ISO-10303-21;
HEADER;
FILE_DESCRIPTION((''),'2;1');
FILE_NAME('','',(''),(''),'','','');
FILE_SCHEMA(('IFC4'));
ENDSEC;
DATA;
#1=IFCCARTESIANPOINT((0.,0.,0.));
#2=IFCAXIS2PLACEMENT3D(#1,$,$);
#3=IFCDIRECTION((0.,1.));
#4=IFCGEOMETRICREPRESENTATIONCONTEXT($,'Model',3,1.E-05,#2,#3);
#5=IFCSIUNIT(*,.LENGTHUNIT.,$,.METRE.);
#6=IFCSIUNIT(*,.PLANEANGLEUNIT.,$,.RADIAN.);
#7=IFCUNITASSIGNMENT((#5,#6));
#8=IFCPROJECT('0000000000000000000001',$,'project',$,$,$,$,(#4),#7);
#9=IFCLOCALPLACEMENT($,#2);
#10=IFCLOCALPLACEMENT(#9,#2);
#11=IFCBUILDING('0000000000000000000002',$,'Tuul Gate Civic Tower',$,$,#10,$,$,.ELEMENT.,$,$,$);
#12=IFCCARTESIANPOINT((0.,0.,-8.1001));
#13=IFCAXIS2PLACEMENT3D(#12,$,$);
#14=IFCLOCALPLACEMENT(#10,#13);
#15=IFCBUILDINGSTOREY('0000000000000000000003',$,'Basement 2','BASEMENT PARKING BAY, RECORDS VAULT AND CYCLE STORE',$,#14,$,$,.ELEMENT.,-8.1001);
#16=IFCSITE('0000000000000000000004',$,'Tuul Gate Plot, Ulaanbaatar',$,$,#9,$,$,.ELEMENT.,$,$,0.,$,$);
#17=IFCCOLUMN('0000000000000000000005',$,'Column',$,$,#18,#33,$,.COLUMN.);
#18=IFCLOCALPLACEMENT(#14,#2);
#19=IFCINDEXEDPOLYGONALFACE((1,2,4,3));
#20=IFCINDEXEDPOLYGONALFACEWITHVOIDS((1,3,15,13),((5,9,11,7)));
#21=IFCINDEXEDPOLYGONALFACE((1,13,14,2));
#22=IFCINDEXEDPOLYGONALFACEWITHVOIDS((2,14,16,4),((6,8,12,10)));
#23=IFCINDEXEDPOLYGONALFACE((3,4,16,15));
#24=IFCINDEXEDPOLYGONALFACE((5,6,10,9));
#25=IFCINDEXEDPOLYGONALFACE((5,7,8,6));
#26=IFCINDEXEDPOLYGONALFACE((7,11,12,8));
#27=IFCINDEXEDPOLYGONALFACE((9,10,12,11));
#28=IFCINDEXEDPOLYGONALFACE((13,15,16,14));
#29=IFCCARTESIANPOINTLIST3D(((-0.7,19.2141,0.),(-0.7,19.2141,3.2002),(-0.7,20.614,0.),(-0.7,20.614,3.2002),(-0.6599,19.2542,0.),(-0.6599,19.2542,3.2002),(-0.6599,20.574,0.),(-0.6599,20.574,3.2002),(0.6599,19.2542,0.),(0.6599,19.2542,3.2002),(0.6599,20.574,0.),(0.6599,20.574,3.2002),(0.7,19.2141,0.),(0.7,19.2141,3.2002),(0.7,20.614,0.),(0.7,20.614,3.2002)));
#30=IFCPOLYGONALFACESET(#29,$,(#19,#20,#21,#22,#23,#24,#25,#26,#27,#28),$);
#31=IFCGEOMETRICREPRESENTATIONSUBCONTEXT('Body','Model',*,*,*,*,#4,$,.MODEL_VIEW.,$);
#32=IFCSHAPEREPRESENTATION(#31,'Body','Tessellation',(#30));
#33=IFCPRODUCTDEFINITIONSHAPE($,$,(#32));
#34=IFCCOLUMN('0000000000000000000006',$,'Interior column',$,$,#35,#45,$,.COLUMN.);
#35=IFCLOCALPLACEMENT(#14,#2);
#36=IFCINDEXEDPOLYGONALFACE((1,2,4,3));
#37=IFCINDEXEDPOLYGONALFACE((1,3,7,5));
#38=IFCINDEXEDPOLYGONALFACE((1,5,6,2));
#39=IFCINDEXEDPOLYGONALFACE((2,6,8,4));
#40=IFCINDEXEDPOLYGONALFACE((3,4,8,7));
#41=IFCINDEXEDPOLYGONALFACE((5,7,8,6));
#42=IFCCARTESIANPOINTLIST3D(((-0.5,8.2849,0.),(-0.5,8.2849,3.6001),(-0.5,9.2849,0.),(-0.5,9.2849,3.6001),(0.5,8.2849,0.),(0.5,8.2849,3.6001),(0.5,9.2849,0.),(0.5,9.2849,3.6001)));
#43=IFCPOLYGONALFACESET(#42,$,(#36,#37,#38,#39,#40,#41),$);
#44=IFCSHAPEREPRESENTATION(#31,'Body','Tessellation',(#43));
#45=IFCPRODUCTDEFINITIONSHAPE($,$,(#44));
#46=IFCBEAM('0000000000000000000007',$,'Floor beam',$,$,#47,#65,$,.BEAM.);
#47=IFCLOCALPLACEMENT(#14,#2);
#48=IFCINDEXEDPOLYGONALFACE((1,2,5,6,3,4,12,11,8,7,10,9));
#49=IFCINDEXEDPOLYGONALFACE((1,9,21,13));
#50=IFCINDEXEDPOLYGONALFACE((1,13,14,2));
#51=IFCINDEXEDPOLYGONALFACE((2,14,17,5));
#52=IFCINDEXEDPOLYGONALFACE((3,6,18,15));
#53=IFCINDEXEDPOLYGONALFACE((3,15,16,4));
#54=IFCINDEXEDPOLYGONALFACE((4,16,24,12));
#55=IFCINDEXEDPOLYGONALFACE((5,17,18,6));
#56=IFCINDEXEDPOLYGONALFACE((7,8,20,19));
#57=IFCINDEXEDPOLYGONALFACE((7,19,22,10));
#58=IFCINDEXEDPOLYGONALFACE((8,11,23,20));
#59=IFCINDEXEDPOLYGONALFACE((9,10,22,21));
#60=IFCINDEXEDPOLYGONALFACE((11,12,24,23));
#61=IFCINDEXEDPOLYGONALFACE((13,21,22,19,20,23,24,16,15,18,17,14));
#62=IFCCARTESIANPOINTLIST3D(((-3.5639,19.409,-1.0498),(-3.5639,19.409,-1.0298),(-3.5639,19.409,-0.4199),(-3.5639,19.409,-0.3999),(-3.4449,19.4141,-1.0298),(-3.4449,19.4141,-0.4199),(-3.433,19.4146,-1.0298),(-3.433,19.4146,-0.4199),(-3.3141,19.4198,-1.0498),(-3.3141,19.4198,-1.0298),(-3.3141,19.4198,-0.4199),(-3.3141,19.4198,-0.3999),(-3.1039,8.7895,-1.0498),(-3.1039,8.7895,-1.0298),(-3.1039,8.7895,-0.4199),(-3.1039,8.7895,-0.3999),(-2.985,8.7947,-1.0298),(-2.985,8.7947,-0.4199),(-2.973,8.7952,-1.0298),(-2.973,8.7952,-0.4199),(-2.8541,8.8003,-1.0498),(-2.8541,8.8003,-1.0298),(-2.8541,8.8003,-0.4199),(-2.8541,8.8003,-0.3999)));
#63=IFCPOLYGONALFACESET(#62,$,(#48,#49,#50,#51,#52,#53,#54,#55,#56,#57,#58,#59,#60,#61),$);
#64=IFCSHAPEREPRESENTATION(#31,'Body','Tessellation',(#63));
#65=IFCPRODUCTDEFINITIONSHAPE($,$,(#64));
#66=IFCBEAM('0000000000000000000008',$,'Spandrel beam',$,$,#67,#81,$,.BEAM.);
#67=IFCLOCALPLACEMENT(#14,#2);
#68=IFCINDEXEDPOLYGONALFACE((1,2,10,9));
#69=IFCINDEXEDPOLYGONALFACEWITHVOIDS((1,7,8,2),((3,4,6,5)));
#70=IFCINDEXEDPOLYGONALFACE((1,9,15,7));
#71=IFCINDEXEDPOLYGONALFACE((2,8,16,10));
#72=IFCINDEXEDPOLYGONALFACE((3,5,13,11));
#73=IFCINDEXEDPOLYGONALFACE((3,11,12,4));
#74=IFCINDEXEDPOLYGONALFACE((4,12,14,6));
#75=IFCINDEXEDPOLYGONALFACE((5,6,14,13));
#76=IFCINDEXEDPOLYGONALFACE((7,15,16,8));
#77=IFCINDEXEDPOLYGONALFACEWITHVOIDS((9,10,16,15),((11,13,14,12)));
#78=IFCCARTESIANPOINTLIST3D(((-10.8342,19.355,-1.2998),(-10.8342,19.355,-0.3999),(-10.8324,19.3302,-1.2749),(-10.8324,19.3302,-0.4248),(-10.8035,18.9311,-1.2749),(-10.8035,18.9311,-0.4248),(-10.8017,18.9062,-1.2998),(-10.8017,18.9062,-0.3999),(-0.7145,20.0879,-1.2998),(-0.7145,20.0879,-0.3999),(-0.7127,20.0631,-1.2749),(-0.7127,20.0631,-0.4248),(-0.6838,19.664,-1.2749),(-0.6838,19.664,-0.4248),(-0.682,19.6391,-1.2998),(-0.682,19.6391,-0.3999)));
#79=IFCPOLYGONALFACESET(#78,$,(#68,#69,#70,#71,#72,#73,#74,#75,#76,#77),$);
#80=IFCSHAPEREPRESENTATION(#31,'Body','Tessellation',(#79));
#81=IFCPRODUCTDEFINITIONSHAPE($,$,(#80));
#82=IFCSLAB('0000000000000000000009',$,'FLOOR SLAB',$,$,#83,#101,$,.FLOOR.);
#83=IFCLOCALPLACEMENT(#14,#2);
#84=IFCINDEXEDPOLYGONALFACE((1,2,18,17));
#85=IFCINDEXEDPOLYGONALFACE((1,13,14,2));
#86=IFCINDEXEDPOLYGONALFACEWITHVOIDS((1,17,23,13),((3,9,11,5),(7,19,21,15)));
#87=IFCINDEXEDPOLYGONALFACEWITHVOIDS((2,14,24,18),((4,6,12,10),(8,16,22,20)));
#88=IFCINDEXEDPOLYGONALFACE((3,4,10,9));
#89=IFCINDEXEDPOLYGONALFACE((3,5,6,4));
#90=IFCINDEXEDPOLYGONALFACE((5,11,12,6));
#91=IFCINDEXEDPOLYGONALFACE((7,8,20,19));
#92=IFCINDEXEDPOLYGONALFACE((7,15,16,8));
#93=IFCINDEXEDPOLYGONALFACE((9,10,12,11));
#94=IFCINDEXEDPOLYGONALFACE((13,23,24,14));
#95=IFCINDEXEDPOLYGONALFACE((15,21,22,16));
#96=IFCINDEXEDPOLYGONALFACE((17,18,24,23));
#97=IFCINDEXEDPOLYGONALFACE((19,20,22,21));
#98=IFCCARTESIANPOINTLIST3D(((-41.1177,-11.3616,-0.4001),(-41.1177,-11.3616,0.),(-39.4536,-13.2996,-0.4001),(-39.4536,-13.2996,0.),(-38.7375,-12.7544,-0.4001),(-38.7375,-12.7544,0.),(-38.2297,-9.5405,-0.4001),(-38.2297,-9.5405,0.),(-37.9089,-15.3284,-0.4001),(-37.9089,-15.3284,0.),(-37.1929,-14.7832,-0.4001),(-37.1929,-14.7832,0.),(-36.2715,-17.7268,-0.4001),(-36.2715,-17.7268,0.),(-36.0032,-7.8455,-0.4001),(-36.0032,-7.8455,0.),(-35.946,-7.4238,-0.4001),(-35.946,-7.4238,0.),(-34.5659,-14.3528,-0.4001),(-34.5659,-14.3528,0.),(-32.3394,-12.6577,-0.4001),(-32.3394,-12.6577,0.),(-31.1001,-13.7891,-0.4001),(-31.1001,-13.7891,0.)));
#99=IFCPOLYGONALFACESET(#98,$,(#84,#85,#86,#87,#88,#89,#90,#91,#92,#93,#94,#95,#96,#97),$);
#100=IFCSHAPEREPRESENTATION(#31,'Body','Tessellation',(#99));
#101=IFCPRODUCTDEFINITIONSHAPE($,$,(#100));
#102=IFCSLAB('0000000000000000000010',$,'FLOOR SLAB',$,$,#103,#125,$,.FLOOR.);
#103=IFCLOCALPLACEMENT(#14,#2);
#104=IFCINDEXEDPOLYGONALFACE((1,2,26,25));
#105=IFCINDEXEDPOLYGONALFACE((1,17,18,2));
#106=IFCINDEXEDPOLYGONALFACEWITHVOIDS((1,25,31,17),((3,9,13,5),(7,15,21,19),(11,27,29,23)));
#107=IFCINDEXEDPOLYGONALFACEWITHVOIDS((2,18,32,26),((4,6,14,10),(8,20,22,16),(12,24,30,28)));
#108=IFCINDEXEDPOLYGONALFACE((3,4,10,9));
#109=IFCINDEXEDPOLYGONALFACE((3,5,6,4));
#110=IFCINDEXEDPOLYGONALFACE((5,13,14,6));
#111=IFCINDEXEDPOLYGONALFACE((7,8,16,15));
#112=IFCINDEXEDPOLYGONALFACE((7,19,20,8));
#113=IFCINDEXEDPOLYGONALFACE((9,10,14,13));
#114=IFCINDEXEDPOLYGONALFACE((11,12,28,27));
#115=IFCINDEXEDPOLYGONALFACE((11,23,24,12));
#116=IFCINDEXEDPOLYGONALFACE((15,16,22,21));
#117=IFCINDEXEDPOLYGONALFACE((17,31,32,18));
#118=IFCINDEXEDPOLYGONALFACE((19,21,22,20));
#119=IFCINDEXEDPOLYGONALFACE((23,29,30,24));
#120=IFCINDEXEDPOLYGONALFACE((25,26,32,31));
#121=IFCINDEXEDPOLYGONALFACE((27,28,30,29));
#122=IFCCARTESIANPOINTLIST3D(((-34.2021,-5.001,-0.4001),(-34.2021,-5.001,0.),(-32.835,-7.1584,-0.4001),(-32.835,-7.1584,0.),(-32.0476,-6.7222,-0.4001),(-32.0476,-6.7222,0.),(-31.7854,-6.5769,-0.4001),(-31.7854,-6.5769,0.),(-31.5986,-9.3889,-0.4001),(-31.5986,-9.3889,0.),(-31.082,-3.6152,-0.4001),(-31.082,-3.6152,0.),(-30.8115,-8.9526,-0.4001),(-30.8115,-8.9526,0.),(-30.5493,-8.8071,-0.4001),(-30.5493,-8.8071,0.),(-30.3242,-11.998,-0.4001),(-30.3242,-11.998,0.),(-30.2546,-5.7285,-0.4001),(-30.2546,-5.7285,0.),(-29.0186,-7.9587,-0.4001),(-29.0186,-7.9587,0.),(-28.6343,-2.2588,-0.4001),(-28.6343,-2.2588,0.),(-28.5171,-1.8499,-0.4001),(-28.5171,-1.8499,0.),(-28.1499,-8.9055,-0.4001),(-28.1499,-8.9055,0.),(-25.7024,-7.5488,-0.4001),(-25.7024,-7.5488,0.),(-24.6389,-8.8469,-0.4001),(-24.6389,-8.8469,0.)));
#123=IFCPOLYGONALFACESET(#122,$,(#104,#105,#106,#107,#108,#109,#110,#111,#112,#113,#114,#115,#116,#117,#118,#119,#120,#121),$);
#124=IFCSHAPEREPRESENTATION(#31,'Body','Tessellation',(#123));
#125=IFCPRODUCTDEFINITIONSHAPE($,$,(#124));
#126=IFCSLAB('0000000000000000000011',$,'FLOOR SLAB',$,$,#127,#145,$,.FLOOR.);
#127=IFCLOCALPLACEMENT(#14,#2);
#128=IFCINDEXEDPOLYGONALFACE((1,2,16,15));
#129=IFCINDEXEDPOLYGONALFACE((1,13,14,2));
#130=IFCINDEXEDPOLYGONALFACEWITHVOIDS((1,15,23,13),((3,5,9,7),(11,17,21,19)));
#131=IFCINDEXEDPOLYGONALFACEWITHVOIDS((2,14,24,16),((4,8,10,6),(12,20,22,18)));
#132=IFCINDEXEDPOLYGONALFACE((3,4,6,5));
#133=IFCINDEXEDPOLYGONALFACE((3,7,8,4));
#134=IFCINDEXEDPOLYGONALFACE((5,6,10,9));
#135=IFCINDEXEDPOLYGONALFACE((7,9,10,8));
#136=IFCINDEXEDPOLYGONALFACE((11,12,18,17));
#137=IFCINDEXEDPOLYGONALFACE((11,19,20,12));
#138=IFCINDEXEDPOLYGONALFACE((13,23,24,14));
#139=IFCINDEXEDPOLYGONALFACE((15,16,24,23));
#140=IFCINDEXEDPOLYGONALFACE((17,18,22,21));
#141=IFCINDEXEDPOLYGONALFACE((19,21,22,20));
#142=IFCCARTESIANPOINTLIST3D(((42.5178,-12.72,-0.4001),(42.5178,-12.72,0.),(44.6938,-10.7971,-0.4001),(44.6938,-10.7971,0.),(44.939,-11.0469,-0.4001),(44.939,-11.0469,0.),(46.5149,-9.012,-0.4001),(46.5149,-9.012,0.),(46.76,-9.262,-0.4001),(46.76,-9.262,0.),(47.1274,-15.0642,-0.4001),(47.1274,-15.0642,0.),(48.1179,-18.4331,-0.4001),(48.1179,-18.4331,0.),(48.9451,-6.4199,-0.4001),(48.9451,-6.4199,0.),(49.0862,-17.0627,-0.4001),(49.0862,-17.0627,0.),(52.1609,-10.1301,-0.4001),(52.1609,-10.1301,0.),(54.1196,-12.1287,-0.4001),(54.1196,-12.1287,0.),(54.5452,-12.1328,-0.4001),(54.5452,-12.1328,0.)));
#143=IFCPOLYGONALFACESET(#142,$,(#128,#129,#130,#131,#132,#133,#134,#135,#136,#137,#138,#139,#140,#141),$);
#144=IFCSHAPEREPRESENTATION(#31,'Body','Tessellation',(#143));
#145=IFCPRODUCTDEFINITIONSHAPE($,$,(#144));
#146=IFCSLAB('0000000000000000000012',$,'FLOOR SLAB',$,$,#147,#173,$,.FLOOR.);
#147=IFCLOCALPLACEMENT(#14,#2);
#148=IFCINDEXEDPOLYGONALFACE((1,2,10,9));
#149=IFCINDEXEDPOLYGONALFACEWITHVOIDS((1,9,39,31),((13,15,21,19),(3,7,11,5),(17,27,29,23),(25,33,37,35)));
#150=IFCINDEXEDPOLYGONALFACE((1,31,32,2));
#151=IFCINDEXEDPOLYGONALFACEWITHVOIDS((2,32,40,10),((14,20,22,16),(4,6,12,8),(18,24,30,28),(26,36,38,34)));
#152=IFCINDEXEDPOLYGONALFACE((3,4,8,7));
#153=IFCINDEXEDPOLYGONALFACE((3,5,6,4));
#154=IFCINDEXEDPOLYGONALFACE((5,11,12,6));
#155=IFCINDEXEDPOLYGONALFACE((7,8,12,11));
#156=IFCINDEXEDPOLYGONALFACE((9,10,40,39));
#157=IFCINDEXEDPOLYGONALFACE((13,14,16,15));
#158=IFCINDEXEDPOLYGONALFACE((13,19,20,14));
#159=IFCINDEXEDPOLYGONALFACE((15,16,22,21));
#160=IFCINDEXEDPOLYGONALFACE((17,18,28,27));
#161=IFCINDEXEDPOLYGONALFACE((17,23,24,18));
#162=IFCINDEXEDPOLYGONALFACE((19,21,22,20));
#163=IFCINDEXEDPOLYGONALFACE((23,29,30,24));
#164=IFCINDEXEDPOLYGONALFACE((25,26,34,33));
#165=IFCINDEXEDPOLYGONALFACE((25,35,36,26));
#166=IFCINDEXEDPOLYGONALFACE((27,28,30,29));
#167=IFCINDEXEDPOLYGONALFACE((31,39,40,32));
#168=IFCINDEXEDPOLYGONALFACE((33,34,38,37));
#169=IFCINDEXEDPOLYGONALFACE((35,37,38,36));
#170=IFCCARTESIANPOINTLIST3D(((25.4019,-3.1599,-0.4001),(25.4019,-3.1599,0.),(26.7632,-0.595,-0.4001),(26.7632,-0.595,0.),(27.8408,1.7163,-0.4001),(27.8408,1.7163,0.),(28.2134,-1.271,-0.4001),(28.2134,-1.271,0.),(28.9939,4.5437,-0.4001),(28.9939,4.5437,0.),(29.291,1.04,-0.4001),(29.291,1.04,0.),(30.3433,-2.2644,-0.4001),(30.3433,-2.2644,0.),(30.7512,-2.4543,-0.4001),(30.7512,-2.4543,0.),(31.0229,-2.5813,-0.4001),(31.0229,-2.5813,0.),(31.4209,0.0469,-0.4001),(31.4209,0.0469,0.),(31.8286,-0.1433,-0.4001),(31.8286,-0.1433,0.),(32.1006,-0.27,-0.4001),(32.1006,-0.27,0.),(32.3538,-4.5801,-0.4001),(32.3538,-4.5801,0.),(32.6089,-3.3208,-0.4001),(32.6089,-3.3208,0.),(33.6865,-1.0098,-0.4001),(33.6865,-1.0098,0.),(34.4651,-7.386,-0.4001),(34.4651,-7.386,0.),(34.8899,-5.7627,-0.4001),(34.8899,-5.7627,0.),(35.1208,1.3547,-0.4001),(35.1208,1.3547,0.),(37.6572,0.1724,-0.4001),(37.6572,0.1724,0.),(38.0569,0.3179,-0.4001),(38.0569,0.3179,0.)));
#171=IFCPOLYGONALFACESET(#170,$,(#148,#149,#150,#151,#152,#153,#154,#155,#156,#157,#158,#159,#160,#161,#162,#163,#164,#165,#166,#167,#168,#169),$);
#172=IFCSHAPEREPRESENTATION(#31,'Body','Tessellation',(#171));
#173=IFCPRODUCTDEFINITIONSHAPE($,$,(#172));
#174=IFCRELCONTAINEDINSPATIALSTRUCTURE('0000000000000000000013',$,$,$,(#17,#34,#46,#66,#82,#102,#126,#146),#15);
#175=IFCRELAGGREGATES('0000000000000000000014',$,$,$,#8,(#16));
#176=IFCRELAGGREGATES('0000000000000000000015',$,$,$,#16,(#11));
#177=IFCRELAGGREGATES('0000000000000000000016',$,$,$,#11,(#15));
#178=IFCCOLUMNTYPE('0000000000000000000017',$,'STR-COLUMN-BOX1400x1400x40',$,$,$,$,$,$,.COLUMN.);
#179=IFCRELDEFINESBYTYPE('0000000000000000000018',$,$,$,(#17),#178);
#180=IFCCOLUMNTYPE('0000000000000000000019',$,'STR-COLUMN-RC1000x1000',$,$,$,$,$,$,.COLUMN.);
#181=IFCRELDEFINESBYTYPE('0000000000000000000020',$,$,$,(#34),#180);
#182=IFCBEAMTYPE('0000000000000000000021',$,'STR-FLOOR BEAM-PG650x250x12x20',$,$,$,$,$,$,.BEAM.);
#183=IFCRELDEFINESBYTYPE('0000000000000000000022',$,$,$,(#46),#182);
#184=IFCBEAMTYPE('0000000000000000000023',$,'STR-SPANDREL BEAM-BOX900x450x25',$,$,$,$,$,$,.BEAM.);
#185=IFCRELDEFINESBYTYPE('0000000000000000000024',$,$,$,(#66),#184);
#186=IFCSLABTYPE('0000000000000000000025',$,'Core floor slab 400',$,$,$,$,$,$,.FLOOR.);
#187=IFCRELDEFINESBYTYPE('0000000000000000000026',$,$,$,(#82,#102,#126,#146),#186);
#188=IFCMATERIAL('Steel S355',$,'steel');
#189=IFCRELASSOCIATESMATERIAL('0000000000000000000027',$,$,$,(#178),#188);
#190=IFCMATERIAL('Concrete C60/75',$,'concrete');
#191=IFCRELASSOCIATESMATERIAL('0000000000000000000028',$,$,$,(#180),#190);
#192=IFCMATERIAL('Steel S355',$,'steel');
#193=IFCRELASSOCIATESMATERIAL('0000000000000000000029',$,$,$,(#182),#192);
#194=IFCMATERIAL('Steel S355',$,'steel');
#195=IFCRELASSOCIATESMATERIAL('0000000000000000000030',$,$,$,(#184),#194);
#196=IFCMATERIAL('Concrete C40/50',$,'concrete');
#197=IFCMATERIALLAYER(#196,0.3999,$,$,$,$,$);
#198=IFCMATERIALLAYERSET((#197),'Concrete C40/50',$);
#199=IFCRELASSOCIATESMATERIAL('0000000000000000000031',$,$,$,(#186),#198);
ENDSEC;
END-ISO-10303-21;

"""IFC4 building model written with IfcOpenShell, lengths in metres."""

from ifc_helpers import new_model, si_unit, direction, frame, origin, origin_2d, place, context, subcontext, project, spatial, polyline, rectangle, hollow_rectangle, i_section, outline, extrude, material, layer, layer_set, material_profile, profile_set, type_object, element, save


model = new_model("IFC4")

# Units and contexts
model_context = context("Model", 3, precision=1e-05, world=origin(), true_north=direction((0.0, 1.0)))
body_context = subcontext(model_context, "Body", "Model", "MODEL_VIEW")
ifc_project = project(units=[si_unit("LENGTHUNIT", "METRE"), si_unit("PLANEANGLEUNIT", "RADIAN")], contexts=[model_context])

# Site, building, storey
site_placement = place(None, origin())
site = spatial("IfcSite", under=ifc_project, at=site_placement, Name="Tuul Gate Plot, Ulaanbaatar", CompositionType="ELEMENT", RefElevation=0.0)
building_placement = place(site_placement, origin())
building = spatial("IfcBuilding", under=site, at=building_placement, Name="Tuul Gate Civic Tower", CompositionType="ELEMENT")
storey_placement = place(building_placement, frame((0.0, 0.0, -8.1001)))
storey = spatial("IfcBuildingStorey", under=building, at=storey_placement, Name="Basement 2", Description="BASEMENT PARKING BAY, RECORDS VAULT AND CYCLE STORE", CompositionType="ELEMENT", Elevation=-8.1001)

# Columns
ifc_material_1 = material(Name="Steel S355", Category="steel")
ifc_material_profile_1 = material_profile(ifc_material_1, hollow_rectangle(XDim=1.3999, YDim=1.3999, WallThickness=0.04, at=origin_2d()), Name="BOX1400x1400x40")
ifc_profile_set_1 = profile_set([ifc_material_profile_1], Name="Steel S355")
column_type_1 = type_object("IfcColumnType", Name="STR-COLUMN-BOX1400x1400x40", PredefinedType="COLUMN", material=ifc_profile_set_1)
column_1_placement = place(storey_placement, frame((0.0, 19.9141, 0.0), z_axis=(0.0, 0.0, 1.0), x_axis=(1.0, 0.0, 0.0)))
element("IfcColumn", 1, at=column_1_placement, inside=storey, type_object=column_type_1, Name="Column", PredefinedType="COLUMN", context=body_context, shape_type="SweptSolid", body=[
    extrude(hollow_rectangle(XDim=1.3999, YDim=1.3999, WallThickness=0.04, at=origin_2d()), origin(), (0.0, 0.0, 1.0), 3.2002),
])
ifc_material_2 = material(Name="Concrete C60/75", Category="concrete")
ifc_material_profile_2 = material_profile(ifc_material_2, rectangle(XDim=1.0, YDim=1.0, at=origin_2d()), Name="RC1000x1000")
ifc_profile_set_2 = profile_set([ifc_material_profile_2], Name="Concrete C60/75")
column_type_2 = type_object("IfcColumnType", Name="STR-COLUMN-RC1000x1000", PredefinedType="COLUMN", material=ifc_profile_set_2)
column_2_placement = place(storey_placement, frame((0.0, 8.7849, 0.0), z_axis=(0.0, 0.0, 1.0), x_axis=(1.0, 0.0, 0.0)))
element("IfcColumn", 2, at=column_2_placement, inside=storey, type_object=column_type_2, Name="Interior column", PredefinedType="COLUMN", context=body_context, shape_type="SweptSolid", body=[
    extrude(rectangle(XDim=1.0, YDim=1.0, at=origin_2d()), origin(), (0.0, 0.0, 1.0), 3.6001),
])

# Beams
ifc_material_3 = material(Name="Steel S355", Category="steel")
ifc_material_profile_3 = material_profile(ifc_material_3, i_section(OverallWidth=0.25, OverallDepth=0.6499, WebThickness=0.012, FlangeThickness=0.02, at=origin_2d()), Name="PG650x250x12x20")
ifc_profile_set_3 = profile_set([ifc_material_profile_3], Name="Steel S355")
beam_type_1 = type_object("IfcBeamType", Name="STR-FLOOR BEAM-PG650x250x12x20", PredefinedType="BEAM", material=ifc_profile_set_3)
beam_1_placement = place(storey_placement, frame((-2.979, 8.7949, -0.7249), z_axis=(-0.043273, 0.999063, 0.0), x_axis=(-0.999063, -0.043273, 0.0)))
element("IfcBeam", 3, at=beam_1_placement, inside=storey, type_object=beam_type_1, Name="Floor beam", PredefinedType="BEAM", context=body_context, shape_type="SweptSolid", body=[
    extrude(i_section(OverallWidth=0.25, OverallDepth=0.6499, WebThickness=0.012, FlangeThickness=0.02, at=origin_2d()), origin(), (0.0, 0.0, 1.0), 10.6294),
])
ifc_material_4 = material(Name="Steel S355", Category="steel")
ifc_material_profile_4 = material_profile(ifc_material_4, hollow_rectangle(XDim=0.45, YDim=0.8999, WallThickness=0.0249, at=origin_2d()), Name="BOX900x450x25")
ifc_profile_set_4 = profile_set([ifc_material_profile_4], Name="Steel S355")
beam_type_2 = type_object("IfcBeamType", Name="STR-SPANDREL BEAM-BOX900x450x25", PredefinedType="BEAM", material=ifc_profile_set_4)
beam_2_placement = place(storey_placement, frame((-0.6982, 19.8635, -0.8499), z_axis=(-0.997388, -0.072235, 0.0), x_axis=(0.072235, -0.997388, 0.0)))
element("IfcBeam", 4, at=beam_2_placement, inside=storey, type_object=beam_type_2, Name="Spandrel beam", PredefinedType="BEAM", context=body_context, shape_type="SweptSolid", body=[
    extrude(hollow_rectangle(XDim=0.45, YDim=0.8999, WallThickness=0.0249, at=origin_2d()), origin(), (0.0, 0.0, 1.0), 10.1462),
])

# Slabs
ifc_material_5 = material(Name="Concrete C40/50", Category="concrete")
ifc_layer_1 = layer(ifc_material_5, 0.3999)
ifc_layer_set_1 = layer_set([ifc_layer_1], Name="Concrete C40/50")
slab_type_1 = type_object("IfcSlabType", Name="Core floor slab 400", PredefinedType="FLOOR", material=ifc_layer_set_1)
slab_1_placement = place(storey_placement, frame((0.0, 0.0, -0.4001)))
element("IfcSlab", 5, at=slab_1_placement, inside=storey, type_object=slab_type_1, Name="FLOOR SLAB", PredefinedType="FLOOR", context=body_context, shape_type="SweptSolid", body=[
    extrude(outline(polyline([(-31.1001, -13.7891), (-35.946, -7.4238), (-41.1177, -11.3616), (-36.2715, -17.7268), (-31.1001, -13.7891)]), holes=[polyline([(-37.1929, -14.7832), (-38.7375, -12.7544), (-39.4536, -13.2996), (-37.9089, -15.3284), (-37.1929, -14.7832)]), polyline([(-32.3394, -12.6577), (-34.5659, -14.3528), (-38.2297, -9.5405), (-36.0032, -7.8455), (-32.3394, -12.6577)])]), origin(), (0.0, 0.0, 1.0), 0.4001),
])
slab_2_placement = place(storey_placement, frame((0.0, 0.0, -0.4001)))
element("IfcSlab", 6, at=slab_2_placement, inside=storey, type_object=slab_type_1, Name="FLOOR SLAB", PredefinedType="FLOOR", context=body_context, shape_type="SweptSolid", body=[
    extrude(outline(polyline([(-24.6389, -8.8469), (-28.5171, -1.8499), (-34.2021, -5.001), (-30.3242, -11.998), (-24.6389, -8.8469)]), holes=[polyline([(-29.0186, -7.9587), (-30.2546, -5.7285), (-31.7854, -6.5769), (-30.5493, -8.8071), (-29.0186, -7.9587)]), polyline([(-30.8115, -8.9526), (-32.0476, -6.7222), (-32.835, -7.1584), (-31.5986, -9.3889), (-30.8115, -8.9526)]), polyline([(-25.7024, -7.5488), (-28.1499, -8.9055), (-31.082, -3.6152), (-28.6343, -2.2588), (-25.7024, -7.5488)])]), origin(), (0.0, 0.0, 1.0), 0.4001),
])
slab_3_placement = place(storey_placement, frame((0.0, 0.0, -0.4001)))
element("IfcSlab", 7, at=slab_3_placement, inside=storey, type_object=slab_type_1, Name="FLOOR SLAB", PredefinedType="FLOOR", context=body_context, shape_type="SweptSolid", body=[
    extrude(outline(polyline([(48.1179, -18.4331), (54.5452, -12.1328), (48.9451, -6.4199), (42.5178, -12.72), (48.1179, -18.4331)]), holes=[polyline([(44.939, -11.0469), (46.76, -9.262), (46.5149, -9.012), (44.6938, -10.7971), (44.939, -11.0469)]), polyline([(49.0862, -17.0627), (47.1274, -15.0642), (52.1609, -10.1301), (54.1196, -12.1287), (49.0862, -17.0627)])]), origin(), (0.0, 0.0, 1.0), 0.4001),
])
slab_4_placement = place(storey_placement, frame((0.0, 0.0, -0.4001)))
element("IfcSlab", 8, at=slab_4_placement, inside=storey, type_object=slab_type_1, Name="FLOOR SLAB", PredefinedType="FLOOR", context=body_context, shape_type="SweptSolid", body=[
    extrude(outline(polyline([(34.4651, -7.386), (38.0569, 0.3179), (28.9939, 4.5437), (25.4019, -3.1599), (34.4651, -7.386)]), holes=[polyline([(32.6089, -3.3208), (33.6865, -1.0098), (32.1006, -0.27), (31.0229, -2.5813), (32.6089, -3.3208)]), polyline([(30.7512, -2.4543), (31.8286, -0.1433), (31.4209, 0.0469), (30.3433, -2.2644), (30.7512, -2.4543)]), polyline([(28.2134, -1.271), (29.291, 1.04), (27.8408, 1.7163), (26.7632, -0.595), (28.2134, -1.271)]), polyline([(34.8899, -5.7627), (32.3538, -4.5801), (35.1208, 1.3547), (37.6572, 0.1724), (34.8899, -5.7627)])]), origin(), (0.0, 0.0, 1.0), 0.4001),
])

save(model, "model.ifc")
